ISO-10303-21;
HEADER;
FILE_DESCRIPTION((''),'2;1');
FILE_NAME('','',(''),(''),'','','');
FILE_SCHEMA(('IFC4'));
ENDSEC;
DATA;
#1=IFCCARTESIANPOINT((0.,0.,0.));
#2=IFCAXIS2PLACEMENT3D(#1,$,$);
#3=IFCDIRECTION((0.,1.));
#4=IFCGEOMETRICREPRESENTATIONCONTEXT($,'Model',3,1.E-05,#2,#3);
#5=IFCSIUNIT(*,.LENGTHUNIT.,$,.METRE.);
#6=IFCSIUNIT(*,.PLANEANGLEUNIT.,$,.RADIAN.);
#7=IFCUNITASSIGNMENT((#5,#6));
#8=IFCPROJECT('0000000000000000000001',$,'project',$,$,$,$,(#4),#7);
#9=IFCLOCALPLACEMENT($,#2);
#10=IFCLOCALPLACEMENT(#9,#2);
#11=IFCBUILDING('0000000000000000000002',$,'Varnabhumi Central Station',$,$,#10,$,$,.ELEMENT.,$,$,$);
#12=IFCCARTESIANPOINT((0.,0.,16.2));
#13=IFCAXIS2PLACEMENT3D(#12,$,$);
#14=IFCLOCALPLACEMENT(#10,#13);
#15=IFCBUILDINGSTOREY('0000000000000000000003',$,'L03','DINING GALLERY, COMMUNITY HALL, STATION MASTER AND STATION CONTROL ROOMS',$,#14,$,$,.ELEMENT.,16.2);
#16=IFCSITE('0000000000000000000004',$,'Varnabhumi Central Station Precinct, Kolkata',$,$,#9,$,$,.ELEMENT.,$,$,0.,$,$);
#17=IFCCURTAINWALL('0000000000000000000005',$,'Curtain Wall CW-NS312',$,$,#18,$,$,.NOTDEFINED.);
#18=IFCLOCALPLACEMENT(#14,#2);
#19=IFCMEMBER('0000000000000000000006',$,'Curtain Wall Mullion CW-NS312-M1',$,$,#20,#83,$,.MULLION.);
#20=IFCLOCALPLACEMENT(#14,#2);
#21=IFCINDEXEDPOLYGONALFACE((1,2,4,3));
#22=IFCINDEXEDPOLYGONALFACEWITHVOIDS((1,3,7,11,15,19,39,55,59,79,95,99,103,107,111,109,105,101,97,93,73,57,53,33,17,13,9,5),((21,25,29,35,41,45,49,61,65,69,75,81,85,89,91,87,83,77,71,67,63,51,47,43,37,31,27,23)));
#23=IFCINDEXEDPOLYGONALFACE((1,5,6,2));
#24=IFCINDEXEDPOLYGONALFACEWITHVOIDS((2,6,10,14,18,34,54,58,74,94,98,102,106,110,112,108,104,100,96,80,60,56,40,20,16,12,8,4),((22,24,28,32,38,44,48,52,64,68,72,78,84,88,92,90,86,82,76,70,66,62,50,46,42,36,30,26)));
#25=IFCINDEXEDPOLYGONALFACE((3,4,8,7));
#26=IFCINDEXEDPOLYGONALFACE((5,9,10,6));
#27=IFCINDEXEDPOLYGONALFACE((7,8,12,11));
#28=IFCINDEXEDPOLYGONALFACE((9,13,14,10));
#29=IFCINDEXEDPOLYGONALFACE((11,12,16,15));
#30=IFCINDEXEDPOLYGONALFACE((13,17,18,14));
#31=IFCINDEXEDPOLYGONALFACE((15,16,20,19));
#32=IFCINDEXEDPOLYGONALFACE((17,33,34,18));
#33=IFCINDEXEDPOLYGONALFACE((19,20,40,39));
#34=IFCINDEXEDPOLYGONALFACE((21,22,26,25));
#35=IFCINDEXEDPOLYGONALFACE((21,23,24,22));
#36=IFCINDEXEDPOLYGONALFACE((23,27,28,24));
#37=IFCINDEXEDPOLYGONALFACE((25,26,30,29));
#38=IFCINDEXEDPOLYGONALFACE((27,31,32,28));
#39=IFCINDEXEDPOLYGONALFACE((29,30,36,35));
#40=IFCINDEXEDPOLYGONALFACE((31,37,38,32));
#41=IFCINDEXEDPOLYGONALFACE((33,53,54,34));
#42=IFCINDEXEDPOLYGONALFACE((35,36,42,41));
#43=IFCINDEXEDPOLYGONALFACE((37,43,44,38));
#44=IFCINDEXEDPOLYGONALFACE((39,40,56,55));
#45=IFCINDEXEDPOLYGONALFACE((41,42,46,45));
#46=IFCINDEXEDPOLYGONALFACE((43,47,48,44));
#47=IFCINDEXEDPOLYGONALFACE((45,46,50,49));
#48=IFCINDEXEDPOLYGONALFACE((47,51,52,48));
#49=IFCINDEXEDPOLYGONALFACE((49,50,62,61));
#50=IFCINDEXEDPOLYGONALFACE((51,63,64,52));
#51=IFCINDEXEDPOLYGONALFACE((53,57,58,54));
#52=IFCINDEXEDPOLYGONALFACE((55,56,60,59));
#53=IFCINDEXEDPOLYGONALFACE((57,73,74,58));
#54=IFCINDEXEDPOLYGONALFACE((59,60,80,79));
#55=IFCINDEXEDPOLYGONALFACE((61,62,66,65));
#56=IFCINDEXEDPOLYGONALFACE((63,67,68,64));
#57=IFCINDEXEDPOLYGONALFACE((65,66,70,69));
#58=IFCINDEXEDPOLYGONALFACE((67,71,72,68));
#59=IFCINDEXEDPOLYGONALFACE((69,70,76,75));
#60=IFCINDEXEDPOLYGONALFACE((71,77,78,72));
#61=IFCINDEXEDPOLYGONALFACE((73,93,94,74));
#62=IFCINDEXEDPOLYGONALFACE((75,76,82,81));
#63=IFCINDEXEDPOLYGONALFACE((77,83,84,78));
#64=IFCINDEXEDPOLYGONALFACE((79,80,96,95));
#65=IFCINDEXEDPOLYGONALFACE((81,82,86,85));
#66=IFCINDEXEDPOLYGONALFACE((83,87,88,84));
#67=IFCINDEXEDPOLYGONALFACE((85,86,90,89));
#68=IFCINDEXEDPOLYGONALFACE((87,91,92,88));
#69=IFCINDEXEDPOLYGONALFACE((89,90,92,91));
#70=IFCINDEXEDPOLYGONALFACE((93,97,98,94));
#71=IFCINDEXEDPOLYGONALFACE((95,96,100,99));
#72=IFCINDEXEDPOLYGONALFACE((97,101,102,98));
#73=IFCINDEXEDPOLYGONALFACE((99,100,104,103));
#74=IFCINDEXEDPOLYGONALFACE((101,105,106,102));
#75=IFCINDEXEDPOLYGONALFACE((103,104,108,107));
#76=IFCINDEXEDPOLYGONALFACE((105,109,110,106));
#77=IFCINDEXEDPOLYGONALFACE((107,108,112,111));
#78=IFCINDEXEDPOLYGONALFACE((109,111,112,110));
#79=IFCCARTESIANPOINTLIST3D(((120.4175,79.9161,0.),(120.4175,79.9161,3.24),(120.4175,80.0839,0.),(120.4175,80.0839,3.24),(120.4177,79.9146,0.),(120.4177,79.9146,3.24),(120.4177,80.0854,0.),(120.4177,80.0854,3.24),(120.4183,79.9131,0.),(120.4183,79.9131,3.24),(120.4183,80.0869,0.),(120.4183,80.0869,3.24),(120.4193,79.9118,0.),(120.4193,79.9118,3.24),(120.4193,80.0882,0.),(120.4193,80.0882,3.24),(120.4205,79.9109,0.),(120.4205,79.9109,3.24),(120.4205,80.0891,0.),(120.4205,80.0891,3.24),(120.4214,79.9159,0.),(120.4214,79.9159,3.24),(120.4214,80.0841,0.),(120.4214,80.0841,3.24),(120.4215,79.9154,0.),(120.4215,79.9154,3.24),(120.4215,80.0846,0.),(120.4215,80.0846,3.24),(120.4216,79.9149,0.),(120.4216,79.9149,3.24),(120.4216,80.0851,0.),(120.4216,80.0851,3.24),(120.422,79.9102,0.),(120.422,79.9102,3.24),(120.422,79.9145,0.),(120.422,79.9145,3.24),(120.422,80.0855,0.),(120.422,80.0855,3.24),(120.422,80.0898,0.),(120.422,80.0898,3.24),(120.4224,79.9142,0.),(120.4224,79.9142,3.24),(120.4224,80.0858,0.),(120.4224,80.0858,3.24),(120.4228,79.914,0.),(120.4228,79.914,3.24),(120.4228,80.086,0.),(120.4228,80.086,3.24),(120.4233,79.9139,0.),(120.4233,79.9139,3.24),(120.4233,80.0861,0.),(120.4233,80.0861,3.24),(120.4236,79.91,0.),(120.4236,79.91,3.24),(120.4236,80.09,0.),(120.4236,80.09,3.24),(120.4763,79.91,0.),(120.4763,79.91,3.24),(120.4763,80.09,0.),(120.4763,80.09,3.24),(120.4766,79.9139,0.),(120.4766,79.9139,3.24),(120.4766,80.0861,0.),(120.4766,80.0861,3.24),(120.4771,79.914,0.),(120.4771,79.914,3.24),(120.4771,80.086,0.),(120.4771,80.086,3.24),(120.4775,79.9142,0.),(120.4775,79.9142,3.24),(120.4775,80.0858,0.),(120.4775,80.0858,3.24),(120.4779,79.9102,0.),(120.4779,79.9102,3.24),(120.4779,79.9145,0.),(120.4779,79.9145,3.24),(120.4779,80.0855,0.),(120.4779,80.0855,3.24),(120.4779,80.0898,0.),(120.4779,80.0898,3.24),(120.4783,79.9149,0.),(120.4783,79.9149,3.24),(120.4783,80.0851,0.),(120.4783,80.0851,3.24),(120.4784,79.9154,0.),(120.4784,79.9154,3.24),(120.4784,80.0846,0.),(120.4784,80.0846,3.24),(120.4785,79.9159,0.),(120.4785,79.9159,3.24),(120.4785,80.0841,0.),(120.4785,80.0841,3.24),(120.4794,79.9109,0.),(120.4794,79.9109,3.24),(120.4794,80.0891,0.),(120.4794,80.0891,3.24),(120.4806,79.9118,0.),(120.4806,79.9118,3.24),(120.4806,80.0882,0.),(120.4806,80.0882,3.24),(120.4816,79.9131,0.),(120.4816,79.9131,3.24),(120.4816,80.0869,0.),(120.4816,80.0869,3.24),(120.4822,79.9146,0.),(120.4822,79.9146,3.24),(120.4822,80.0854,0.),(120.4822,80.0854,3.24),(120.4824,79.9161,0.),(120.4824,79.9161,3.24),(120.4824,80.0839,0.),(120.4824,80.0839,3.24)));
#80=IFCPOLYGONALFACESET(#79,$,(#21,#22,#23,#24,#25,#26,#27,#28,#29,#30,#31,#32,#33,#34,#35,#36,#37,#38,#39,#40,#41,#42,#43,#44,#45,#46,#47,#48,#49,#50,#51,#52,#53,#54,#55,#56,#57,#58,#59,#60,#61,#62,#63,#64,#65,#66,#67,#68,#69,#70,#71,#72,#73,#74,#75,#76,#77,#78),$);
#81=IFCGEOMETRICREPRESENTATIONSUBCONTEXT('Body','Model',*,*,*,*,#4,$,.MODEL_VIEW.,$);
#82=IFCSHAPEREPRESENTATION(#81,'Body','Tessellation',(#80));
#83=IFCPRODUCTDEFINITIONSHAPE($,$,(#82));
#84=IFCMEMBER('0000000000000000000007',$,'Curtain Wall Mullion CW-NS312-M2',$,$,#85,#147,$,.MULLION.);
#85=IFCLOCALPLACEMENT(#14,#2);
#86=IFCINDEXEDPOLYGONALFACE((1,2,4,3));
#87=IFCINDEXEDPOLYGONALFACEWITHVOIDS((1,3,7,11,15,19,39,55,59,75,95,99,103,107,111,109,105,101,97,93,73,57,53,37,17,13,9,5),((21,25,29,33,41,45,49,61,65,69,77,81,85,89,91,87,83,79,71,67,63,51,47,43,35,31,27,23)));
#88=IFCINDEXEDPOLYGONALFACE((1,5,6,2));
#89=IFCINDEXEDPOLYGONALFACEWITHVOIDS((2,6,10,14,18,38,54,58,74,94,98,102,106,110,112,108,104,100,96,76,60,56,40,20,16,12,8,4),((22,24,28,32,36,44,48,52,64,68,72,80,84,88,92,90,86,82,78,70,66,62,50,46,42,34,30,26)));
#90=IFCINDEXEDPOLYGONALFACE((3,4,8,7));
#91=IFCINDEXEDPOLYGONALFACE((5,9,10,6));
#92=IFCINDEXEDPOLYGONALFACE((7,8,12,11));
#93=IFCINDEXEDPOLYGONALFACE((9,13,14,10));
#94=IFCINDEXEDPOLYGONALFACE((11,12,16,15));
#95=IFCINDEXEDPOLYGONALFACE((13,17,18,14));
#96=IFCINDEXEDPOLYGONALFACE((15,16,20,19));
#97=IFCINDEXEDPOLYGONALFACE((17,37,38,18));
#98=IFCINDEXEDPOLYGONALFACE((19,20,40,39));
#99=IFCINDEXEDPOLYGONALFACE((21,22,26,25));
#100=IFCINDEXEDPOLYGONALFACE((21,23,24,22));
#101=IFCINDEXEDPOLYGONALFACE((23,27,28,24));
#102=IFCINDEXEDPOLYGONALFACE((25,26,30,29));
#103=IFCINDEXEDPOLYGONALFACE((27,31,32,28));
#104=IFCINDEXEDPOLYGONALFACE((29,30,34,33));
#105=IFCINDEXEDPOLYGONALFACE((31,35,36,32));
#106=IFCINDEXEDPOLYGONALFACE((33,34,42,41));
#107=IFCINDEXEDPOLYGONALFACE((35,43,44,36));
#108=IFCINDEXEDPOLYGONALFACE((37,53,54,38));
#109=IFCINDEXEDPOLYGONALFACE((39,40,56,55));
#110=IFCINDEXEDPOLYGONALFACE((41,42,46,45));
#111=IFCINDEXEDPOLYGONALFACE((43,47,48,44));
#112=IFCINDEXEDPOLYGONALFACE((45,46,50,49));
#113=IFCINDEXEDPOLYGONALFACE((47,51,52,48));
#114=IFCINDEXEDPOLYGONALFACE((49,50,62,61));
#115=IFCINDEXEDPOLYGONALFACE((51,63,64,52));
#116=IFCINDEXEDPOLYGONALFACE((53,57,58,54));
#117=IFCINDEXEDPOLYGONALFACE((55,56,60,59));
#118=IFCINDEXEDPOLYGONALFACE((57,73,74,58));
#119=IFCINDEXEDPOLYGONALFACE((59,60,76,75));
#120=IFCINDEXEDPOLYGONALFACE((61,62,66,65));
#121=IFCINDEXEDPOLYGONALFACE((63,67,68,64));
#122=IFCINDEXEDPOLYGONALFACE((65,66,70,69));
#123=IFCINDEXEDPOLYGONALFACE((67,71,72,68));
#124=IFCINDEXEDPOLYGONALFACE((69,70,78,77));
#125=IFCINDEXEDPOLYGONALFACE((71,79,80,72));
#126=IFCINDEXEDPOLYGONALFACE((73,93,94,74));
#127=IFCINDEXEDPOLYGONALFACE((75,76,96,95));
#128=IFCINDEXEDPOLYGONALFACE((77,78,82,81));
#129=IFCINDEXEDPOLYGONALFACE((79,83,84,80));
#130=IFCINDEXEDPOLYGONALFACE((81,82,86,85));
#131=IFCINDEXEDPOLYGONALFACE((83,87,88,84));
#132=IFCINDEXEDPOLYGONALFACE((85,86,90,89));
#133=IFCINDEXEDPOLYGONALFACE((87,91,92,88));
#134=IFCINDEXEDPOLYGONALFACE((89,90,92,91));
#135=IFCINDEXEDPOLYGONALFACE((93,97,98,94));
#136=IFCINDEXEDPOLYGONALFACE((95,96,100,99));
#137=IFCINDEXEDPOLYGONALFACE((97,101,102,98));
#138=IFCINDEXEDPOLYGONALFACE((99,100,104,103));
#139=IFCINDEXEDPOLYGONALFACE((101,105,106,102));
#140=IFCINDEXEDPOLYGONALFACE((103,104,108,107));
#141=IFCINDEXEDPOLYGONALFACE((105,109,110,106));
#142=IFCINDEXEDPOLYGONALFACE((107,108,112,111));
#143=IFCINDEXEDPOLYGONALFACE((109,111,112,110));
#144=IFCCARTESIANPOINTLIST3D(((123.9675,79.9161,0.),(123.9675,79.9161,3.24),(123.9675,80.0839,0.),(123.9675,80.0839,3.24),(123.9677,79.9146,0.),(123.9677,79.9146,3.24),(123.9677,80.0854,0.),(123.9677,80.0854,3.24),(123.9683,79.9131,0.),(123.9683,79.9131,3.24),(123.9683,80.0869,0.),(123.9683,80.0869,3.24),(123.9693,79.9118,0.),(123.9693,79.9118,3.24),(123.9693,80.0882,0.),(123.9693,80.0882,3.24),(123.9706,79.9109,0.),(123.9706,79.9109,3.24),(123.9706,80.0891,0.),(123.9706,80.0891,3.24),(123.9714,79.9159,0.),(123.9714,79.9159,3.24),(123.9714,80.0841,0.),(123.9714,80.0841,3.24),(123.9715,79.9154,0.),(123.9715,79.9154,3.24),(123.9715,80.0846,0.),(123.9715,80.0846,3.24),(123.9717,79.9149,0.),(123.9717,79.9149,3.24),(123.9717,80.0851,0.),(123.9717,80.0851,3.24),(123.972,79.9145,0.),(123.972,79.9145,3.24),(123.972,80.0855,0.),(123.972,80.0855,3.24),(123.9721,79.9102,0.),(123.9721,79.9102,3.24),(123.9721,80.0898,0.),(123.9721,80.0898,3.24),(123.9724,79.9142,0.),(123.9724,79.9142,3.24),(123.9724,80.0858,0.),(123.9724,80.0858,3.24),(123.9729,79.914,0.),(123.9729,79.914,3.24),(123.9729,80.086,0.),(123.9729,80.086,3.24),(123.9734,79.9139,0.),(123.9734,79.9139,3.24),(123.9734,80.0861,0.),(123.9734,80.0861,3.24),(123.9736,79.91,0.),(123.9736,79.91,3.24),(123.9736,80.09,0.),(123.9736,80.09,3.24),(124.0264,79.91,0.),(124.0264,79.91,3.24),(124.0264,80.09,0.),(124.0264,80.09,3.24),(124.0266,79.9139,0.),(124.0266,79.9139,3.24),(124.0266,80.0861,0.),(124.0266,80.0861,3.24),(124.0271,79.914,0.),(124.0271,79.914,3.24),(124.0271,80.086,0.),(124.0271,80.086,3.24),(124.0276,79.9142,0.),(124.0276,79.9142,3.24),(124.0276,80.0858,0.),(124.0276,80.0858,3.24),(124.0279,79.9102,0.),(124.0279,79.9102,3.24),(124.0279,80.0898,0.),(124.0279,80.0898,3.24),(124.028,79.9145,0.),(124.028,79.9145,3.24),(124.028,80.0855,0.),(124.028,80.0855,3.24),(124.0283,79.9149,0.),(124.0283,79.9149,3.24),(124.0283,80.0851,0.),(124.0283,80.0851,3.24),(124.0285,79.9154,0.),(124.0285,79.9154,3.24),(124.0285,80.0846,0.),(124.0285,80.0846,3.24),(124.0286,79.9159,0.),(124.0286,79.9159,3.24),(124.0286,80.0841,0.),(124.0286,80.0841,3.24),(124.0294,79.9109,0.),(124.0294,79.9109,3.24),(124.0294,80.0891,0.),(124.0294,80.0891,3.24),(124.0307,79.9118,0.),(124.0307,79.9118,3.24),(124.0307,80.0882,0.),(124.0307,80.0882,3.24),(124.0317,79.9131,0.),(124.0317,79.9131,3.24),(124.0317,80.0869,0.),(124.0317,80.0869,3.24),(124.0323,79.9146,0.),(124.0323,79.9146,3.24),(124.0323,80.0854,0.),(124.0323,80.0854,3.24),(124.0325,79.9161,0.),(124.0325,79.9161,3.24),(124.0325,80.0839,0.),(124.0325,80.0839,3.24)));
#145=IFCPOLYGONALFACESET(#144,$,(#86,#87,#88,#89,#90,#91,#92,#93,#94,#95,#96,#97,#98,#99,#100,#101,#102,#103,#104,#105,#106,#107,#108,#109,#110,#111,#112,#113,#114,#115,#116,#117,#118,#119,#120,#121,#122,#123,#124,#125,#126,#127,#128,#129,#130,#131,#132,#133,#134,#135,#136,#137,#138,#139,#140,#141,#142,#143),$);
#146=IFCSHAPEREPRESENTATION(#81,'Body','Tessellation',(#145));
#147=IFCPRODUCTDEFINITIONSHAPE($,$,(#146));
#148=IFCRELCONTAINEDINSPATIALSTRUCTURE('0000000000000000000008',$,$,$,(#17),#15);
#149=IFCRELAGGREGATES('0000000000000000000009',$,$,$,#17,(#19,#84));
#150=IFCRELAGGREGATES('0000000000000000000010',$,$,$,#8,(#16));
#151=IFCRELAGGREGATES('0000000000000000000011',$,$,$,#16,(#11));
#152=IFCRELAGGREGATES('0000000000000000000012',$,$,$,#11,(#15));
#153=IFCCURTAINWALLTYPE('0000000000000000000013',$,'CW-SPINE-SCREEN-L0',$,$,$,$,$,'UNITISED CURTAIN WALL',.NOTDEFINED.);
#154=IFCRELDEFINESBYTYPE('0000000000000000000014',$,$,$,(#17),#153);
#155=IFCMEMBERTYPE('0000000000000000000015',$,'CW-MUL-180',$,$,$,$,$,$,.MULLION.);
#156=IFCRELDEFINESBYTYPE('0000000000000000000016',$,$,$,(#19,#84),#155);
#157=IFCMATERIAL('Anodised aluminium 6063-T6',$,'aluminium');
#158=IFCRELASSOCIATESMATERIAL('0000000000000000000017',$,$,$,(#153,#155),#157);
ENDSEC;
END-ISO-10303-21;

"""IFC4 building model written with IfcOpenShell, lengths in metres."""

from ifc_helpers import new_model, si_unit, direction, frame, origin, origin_2d, place, context, subcontext, project, spatial, hollow_rectangle, extrude, material, material_profile, profile_set, type_object, element, aggregate, save


model = new_model("IFC4")

# Units and contexts
model_context = context("Model", 3, precision=1e-05, world=origin(), true_north=direction((0.0, 1.0)))
body_context = subcontext(model_context, "Body", "Model", "MODEL_VIEW")
ifc_project = project(units=[si_unit("LENGTHUNIT", "METRE"), si_unit("PLANEANGLEUNIT", "RADIAN")], contexts=[model_context])

# Site, building, storey
site_placement = place(None, origin())
site = spatial("IfcSite", under=ifc_project, at=site_placement, Name="Varnabhumi Central Station Precinct, Kolkata", CompositionType="ELEMENT", RefElevation=0.0)
building_placement = place(site_placement, origin())
building = spatial("IfcBuilding", under=site, at=building_placement, Name="Varnabhumi Central Station", CompositionType="ELEMENT")
storey_placement = place(building_placement, frame((0.0, 0.0, 16.2)))
storey = spatial("IfcBuildingStorey", under=building, at=storey_placement, Name="L03", Description="DINING GALLERY, COMMUNITY HALL, STATION MASTER AND STATION CONTROL ROOMS", CompositionType="ELEMENT", Elevation=16.2)

# Shared definitions
ifc_material_1 = material(Name="Anodised aluminium 6063-T6", Category="aluminium")
curtain_wall_type_1 = type_object("IfcCurtainWallType", Name="CW-SPINE-SCREEN-L0", ElementType="UNITISED CURTAIN WALL", PredefinedType="NOTDEFINED", material=ifc_material_1)
ifc_material_profile_1 = material_profile(ifc_material_1, hollow_rectangle(XDim=0.0649, YDim=0.1799, WallThickness=0.0039, InnerFilletRadius=0.002, OuterFilletRadius=0.0061, at=origin_2d()), Name="Anodised aluminium 6063-T6", Category="aluminium")
ifc_profile_set_1 = profile_set([ifc_material_profile_1], Name="Anodised aluminium 6063-T6")
member_type_1 = type_object("IfcMemberType", Name="CW-MUL-180", PredefinedType="MULLION", material=ifc_profile_set_1)

# Curtain wall, members
curtain_wall_1_placement = place(storey_placement, origin())
curtain_wall_1 = element("IfcCurtainWall", 1, at=curtain_wall_1_placement, inside=storey, type_object=curtain_wall_type_1, Name="Curtain Wall CW-NS312", PredefinedType="NOTDEFINED")
member_1_placement = place(storey_placement, frame((120.45, 80.0, 0.0), z_axis=(0.0, 0.0, 1.0), x_axis=(1.0, 0.0, 0.0)))
member_1 = element("IfcMember", 2, at=member_1_placement, type_object=member_type_1, Name="Curtain Wall Mullion CW-NS312-M1", PredefinedType="MULLION", context=body_context, shape_type="SweptSolid", body=[
    extrude(hollow_rectangle(XDim=0.0649, YDim=0.1799, WallThickness=0.0039, InnerFilletRadius=0.002, OuterFilletRadius=0.0061, at=origin_2d()), origin(), (0.0, 0.0, 1.0), 3.24),
])
member_2_placement = place(storey_placement, frame((124.0, 80.0, 0.0), z_axis=(0.0, 0.0, 1.0), x_axis=(1.0, 0.0, 0.0)))
member_2 = element("IfcMember", 3, at=member_2_placement, type_object=member_type_1, Name="Curtain Wall Mullion CW-NS312-M2", PredefinedType="MULLION", context=body_context, shape_type="SweptSolid", body=[
    extrude(hollow_rectangle(XDim=0.0649, YDim=0.1799, WallThickness=0.0039, InnerFilletRadius=0.002, OuterFilletRadius=0.0061, at=origin_2d()), origin(), (0.0, 0.0, 1.0), 3.24),
])

aggregate(curtain_wall_1, [member_1, member_2])

save(model, "model.ifc")
